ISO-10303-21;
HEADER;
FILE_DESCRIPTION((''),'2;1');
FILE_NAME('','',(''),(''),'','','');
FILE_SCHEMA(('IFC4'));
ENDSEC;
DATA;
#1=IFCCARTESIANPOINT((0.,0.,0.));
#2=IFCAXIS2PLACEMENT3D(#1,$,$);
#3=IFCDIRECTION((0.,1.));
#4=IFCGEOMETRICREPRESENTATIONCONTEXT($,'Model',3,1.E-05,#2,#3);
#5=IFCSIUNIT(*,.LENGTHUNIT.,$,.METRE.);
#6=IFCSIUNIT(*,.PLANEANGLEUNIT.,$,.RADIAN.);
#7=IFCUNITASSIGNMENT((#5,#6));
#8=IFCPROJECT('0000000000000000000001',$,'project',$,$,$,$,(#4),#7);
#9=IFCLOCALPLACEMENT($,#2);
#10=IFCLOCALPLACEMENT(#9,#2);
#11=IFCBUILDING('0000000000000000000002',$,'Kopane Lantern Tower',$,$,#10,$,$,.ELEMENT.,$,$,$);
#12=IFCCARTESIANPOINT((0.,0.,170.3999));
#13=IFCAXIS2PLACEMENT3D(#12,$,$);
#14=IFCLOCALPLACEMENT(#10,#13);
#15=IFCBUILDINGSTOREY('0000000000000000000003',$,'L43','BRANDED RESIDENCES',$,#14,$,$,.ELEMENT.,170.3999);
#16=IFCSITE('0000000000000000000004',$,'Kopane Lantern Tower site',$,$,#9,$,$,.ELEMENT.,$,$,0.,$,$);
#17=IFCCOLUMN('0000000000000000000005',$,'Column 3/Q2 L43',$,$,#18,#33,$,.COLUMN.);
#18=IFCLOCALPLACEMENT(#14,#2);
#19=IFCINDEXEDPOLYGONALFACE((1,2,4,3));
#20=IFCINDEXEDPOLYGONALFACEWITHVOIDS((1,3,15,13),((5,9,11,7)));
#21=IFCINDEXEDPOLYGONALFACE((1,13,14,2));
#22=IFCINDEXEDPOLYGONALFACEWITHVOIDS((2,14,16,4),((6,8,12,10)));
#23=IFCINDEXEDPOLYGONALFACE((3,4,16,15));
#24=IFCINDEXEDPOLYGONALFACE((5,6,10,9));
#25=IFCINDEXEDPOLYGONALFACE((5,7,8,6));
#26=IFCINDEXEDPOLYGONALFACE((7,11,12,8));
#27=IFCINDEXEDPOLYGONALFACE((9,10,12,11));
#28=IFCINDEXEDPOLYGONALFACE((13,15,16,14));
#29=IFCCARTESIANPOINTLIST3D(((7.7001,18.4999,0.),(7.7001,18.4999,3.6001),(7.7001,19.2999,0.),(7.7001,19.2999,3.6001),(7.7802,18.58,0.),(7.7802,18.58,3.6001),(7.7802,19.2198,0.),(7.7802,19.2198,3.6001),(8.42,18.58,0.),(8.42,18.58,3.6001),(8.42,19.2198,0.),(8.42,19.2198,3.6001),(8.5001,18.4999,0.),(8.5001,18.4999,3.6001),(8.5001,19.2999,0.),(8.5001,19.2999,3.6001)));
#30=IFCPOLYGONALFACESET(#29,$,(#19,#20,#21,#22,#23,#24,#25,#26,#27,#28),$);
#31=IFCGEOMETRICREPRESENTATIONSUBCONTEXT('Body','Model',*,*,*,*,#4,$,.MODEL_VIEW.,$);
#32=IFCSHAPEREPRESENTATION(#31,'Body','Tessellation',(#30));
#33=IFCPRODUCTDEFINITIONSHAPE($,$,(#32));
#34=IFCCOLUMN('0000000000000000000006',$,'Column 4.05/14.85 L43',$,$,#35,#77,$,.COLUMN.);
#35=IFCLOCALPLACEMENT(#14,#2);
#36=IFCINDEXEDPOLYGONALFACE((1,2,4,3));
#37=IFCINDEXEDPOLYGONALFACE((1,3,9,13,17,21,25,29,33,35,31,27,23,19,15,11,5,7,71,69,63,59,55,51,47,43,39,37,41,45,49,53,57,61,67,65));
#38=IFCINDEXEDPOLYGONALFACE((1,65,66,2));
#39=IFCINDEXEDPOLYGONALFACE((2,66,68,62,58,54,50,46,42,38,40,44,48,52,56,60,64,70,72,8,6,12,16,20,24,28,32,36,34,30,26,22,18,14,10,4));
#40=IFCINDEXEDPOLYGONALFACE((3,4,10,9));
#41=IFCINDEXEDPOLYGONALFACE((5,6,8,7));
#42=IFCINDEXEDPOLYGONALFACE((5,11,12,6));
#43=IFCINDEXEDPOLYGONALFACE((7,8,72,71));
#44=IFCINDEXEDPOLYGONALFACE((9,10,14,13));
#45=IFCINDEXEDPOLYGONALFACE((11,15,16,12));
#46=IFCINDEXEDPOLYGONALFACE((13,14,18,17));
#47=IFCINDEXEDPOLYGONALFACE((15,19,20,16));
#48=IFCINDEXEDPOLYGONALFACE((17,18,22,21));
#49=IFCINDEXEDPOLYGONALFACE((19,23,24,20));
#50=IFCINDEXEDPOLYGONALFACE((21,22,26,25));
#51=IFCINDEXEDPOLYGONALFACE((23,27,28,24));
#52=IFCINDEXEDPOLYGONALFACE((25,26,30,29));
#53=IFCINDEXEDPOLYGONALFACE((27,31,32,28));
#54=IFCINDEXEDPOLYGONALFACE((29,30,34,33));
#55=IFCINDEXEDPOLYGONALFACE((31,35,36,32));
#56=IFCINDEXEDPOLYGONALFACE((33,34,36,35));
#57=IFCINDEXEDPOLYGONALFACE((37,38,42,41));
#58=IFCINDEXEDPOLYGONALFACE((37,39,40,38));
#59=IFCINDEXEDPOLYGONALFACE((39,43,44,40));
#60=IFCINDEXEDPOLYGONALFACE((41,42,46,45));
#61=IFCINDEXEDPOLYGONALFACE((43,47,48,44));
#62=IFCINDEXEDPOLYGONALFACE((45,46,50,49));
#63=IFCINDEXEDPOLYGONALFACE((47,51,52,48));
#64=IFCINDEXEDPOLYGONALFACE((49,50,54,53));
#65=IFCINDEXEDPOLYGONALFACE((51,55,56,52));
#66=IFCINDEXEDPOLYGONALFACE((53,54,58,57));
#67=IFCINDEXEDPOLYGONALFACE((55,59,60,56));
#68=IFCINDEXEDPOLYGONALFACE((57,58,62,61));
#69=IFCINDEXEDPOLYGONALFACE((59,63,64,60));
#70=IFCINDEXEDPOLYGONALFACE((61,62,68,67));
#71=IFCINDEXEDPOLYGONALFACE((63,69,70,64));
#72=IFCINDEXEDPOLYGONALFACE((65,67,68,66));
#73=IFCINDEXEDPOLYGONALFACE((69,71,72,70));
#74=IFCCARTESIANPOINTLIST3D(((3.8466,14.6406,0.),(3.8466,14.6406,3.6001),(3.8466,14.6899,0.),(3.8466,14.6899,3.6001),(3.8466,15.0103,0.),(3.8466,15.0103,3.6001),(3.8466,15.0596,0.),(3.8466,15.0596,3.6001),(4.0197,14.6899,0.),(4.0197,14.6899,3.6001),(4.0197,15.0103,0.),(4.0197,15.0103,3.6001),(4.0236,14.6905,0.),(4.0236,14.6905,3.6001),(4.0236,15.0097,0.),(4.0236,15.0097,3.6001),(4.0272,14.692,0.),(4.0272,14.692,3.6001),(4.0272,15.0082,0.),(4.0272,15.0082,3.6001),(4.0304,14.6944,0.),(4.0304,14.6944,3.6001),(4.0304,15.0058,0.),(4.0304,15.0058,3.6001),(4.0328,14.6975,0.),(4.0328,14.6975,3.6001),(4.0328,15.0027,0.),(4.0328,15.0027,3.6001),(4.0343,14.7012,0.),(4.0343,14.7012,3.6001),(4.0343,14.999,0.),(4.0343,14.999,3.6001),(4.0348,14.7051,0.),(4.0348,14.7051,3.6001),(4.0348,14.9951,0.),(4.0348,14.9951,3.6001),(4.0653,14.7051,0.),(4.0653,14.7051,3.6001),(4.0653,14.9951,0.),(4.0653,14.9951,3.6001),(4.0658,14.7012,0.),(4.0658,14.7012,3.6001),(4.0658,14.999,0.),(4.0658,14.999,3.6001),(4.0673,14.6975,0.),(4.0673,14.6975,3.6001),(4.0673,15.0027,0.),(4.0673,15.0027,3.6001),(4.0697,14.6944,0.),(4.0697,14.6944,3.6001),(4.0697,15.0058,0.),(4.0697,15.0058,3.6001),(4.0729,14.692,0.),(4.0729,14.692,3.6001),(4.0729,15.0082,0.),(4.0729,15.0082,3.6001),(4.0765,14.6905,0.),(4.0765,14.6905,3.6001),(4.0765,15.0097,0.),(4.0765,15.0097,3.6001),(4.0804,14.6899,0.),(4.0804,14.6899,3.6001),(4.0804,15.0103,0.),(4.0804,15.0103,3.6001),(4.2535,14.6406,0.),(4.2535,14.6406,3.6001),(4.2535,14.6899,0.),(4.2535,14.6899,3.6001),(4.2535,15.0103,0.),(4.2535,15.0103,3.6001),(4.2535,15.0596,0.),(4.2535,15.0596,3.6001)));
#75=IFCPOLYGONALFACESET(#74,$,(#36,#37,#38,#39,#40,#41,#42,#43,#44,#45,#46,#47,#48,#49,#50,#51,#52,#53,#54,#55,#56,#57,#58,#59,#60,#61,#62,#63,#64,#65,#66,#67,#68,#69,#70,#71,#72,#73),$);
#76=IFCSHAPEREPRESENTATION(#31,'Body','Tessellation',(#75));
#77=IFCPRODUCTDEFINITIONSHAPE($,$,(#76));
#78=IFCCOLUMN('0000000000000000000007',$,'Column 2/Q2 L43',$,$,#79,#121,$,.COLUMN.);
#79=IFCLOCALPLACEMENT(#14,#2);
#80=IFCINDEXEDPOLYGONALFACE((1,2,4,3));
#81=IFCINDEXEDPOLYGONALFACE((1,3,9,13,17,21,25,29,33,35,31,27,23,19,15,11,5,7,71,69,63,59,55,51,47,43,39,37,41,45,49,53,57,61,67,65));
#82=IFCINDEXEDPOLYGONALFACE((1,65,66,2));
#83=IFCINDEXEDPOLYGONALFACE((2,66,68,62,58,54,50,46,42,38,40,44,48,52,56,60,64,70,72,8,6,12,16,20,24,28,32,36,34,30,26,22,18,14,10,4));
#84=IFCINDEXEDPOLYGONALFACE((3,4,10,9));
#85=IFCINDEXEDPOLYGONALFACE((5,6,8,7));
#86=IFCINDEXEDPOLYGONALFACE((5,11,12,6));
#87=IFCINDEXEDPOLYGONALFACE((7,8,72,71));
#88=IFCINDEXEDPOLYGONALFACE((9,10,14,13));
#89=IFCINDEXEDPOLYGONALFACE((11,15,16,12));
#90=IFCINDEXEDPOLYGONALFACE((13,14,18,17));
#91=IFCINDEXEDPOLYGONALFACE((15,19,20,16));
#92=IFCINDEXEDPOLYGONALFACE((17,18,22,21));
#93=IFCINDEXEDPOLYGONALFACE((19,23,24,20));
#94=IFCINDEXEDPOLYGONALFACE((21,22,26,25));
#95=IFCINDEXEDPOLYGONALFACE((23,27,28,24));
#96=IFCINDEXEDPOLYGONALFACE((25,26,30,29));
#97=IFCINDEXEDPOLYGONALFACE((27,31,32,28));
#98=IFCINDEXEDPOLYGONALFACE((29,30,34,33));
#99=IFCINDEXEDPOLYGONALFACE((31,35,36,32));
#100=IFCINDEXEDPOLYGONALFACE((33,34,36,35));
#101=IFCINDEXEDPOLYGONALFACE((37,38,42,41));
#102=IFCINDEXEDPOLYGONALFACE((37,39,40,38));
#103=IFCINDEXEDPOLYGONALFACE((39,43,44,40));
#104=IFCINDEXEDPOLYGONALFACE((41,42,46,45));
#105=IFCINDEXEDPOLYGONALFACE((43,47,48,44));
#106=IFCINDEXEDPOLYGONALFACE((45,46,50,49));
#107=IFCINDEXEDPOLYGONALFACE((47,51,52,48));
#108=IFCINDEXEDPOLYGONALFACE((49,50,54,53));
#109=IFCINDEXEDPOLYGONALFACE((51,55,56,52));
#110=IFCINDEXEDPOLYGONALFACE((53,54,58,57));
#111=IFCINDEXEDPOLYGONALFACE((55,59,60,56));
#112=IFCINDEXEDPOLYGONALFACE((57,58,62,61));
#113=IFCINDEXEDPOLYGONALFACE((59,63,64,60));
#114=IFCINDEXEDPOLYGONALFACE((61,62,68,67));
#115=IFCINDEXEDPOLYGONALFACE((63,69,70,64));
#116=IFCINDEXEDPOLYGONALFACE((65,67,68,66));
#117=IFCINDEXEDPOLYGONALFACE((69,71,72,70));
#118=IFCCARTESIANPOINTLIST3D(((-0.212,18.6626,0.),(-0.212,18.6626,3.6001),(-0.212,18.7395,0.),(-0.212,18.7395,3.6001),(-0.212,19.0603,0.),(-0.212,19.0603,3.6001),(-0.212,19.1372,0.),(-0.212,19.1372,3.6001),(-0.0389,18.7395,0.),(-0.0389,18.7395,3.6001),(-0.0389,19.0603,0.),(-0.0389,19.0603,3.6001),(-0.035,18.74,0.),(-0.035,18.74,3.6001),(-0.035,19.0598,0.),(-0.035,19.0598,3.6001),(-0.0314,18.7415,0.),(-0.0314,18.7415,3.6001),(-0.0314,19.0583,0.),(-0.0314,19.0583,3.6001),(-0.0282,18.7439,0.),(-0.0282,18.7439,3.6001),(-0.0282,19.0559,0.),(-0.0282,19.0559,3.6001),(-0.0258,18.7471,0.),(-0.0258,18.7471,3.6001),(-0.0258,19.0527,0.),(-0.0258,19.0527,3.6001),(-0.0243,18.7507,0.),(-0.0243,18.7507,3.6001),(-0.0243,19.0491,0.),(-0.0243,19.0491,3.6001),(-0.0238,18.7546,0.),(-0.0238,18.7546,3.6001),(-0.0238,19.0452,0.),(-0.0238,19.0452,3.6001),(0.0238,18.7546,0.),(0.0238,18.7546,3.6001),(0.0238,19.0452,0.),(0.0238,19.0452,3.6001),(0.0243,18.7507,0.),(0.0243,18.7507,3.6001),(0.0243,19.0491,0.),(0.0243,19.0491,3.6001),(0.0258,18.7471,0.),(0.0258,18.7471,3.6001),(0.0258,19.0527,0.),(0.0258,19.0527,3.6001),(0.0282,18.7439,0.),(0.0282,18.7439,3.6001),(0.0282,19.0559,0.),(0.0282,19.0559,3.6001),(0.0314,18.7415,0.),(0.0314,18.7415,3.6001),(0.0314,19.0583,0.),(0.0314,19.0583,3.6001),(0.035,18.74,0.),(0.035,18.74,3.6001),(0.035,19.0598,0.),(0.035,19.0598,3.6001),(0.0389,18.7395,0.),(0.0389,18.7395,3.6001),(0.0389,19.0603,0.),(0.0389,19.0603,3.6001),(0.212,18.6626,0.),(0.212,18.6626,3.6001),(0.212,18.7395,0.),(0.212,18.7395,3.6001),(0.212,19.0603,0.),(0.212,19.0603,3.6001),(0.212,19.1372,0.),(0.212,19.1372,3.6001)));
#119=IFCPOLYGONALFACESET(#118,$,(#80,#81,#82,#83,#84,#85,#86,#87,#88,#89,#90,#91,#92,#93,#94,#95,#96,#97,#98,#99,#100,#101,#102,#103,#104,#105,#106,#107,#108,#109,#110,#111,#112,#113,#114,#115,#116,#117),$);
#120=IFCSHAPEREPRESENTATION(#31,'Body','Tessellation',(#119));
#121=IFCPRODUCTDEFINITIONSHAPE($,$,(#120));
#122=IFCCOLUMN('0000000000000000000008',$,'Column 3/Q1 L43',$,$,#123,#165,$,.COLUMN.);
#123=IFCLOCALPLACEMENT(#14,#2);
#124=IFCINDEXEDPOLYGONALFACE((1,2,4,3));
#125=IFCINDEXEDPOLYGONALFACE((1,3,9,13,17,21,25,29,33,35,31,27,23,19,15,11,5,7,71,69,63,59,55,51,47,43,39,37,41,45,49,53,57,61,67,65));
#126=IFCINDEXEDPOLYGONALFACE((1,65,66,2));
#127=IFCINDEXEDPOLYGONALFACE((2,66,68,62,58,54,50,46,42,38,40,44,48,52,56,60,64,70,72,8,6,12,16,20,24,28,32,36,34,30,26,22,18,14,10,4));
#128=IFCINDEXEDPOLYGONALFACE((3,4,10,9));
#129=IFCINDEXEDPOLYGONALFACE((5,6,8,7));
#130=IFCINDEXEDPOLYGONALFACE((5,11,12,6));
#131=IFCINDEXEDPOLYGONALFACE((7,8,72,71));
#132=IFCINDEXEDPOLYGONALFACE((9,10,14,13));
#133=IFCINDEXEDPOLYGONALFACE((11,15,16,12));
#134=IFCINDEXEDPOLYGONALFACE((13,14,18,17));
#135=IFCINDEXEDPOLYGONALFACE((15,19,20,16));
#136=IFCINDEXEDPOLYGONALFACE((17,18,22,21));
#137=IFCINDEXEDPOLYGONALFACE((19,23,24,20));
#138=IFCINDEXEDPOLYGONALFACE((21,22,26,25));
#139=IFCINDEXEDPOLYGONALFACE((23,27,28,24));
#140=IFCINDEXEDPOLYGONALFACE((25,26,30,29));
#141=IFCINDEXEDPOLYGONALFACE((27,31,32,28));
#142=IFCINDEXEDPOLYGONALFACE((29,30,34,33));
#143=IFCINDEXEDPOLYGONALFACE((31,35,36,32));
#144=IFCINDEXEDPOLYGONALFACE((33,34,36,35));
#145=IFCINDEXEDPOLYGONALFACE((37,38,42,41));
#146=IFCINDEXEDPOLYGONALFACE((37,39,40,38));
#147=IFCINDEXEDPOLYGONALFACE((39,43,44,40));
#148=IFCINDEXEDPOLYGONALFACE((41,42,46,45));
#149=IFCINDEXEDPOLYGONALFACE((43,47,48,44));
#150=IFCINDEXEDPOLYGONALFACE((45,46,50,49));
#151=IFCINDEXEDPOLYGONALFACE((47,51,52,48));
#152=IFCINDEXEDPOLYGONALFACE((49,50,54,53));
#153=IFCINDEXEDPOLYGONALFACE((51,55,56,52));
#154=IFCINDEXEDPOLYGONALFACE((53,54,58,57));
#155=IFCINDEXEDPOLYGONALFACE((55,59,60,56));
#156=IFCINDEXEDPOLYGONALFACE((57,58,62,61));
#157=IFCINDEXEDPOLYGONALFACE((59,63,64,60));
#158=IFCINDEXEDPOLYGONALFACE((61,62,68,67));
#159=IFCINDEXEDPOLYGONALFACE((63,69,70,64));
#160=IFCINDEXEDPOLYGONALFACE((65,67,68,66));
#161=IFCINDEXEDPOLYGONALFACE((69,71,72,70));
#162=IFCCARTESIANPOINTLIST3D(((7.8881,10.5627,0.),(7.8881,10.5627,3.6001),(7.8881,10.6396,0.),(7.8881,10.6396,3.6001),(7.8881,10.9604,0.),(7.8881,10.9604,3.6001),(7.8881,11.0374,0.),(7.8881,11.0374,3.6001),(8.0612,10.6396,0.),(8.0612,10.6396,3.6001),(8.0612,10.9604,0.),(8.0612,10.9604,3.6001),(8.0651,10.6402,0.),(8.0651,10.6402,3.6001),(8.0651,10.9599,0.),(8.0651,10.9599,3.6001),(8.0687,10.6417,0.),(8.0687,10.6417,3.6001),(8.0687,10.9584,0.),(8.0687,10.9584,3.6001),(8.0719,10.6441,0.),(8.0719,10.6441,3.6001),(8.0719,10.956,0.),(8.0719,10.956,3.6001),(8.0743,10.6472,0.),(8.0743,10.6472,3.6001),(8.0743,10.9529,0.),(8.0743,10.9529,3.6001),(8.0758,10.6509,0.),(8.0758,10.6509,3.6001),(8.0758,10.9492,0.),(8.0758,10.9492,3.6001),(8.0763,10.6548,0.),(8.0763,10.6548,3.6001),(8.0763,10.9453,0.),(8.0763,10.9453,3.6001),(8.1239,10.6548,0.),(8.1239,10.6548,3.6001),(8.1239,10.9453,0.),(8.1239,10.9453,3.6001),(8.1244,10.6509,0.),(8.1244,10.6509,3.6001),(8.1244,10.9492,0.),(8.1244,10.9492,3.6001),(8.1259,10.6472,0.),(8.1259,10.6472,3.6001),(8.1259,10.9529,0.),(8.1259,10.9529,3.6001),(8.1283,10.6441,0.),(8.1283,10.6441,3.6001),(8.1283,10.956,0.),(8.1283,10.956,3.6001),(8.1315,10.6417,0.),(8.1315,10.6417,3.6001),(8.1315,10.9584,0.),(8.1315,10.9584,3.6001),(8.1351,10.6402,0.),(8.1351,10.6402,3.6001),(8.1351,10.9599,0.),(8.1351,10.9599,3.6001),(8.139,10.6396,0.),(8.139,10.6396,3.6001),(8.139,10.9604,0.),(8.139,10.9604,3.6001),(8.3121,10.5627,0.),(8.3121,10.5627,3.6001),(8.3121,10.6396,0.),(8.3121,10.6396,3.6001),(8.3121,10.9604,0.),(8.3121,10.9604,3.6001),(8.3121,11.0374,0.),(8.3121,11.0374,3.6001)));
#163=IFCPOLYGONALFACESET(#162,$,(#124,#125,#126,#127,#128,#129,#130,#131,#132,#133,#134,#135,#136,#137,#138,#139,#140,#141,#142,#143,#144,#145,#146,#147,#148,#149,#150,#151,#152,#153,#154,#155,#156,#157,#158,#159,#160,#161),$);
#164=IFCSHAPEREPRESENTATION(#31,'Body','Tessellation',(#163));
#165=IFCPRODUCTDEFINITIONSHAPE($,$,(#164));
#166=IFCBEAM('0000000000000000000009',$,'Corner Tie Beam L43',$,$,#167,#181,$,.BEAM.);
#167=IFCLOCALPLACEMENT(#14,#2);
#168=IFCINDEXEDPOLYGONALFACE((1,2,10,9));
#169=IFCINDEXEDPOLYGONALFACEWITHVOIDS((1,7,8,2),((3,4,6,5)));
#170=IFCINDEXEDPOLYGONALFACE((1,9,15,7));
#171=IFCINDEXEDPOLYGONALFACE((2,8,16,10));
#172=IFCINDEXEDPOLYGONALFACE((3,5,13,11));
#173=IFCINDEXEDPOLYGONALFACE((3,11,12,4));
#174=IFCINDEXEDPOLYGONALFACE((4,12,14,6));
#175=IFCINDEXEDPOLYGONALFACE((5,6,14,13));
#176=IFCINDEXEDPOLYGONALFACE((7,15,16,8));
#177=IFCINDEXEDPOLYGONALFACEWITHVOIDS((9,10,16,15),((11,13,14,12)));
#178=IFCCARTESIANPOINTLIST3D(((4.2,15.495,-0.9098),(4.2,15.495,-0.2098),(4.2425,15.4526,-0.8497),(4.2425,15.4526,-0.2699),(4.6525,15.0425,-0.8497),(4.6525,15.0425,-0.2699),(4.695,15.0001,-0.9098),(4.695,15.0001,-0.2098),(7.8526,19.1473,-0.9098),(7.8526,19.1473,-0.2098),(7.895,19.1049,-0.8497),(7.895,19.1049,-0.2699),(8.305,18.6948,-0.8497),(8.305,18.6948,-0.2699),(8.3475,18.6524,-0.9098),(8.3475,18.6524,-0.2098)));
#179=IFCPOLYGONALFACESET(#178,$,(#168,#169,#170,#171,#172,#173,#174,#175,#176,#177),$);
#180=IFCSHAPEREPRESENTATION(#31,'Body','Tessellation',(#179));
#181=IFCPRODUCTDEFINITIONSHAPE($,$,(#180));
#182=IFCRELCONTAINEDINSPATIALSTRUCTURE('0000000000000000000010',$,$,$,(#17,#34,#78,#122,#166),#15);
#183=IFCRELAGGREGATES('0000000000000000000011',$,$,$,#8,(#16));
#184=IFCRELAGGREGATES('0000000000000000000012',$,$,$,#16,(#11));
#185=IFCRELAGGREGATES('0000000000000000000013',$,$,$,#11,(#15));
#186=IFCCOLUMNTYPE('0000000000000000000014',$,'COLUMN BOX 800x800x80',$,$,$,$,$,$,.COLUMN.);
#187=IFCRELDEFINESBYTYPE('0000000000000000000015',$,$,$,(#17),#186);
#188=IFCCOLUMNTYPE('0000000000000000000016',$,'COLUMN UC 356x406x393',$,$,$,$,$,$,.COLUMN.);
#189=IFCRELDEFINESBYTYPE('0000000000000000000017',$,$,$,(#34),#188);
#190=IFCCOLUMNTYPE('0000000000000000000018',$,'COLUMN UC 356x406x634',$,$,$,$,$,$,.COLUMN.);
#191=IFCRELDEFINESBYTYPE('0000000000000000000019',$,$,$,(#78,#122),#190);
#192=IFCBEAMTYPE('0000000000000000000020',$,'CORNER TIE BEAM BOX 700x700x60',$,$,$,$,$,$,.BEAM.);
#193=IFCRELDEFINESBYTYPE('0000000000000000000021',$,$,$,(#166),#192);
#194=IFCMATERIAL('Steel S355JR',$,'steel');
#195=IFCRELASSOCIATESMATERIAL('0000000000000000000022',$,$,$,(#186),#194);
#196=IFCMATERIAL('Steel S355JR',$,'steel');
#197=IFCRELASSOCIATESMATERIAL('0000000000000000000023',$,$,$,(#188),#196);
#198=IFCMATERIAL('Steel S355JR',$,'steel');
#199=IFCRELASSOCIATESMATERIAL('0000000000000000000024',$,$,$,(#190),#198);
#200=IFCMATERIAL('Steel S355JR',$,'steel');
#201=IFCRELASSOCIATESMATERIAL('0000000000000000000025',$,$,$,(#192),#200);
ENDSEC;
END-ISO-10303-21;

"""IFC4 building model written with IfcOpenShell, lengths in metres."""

from ifc_helpers import new_model, si_unit, direction, frame, origin, origin_2d, place, context, subcontext, project, spatial, hollow_rectangle, i_section, extrude, material, material_profile, profile_set, type_object, element, save


model = new_model("IFC4")

# Units and contexts
model_context = context("Model", 3, precision=1e-05, world=origin(), true_north=direction((0.0, 1.0)))
body_context = subcontext(model_context, "Body", "Model", "MODEL_VIEW")
ifc_project = project(units=[si_unit("LENGTHUNIT", "METRE"), si_unit("PLANEANGLEUNIT", "RADIAN")], contexts=[model_context])

# Site, building, storey
site_placement = place(None, origin())
site = spatial("IfcSite", under=ifc_project, at=site_placement, Name="Kopane Lantern Tower site", CompositionType="ELEMENT", RefElevation=0.0)
building_placement = place(site_placement, origin())
building = spatial("IfcBuilding", under=site, at=building_placement, Name="Kopane Lantern Tower", CompositionType="ELEMENT")
storey_placement = place(building_placement, frame((0.0, 0.0, 170.3999)))
storey = spatial("IfcBuildingStorey", under=building, at=storey_placement, Name="L43", Description="BRANDED RESIDENCES", CompositionType="ELEMENT", Elevation=170.3999)

# Columns
ifc_material_1 = material(Name="Steel S355JR", Category="steel")
ifc_material_profile_1 = material_profile(ifc_material_1, hollow_rectangle(XDim=0.8, YDim=0.8, WallThickness=0.0801, at=origin_2d()), Name="BOX 800x800x80")
ifc_profile_set_1 = profile_set([ifc_material_profile_1], Name="Steel S355JR")
column_type_1 = type_object("IfcColumnType", Name="COLUMN BOX 800x800x80", PredefinedType="COLUMN", material=ifc_profile_set_1)
column_1_placement = place(storey_placement, frame((8.1001, 18.8999, 0.0), z_axis=(0.0, 0.0, 1.0), x_axis=(1.0, 0.0, 0.0)))
element("IfcColumn", 1, at=column_1_placement, inside=storey, type_object=column_type_1, Name="Column 3/Q2 L43", PredefinedType="COLUMN", context=body_context, shape_type="SweptSolid", body=[
    extrude(hollow_rectangle(XDim=0.8, YDim=0.8, WallThickness=0.0801, at=origin_2d()), origin(), (0.0, 0.0, 1.0), 3.6001),
])
ifc_material_2 = material(Name="Steel S355JR", Category="steel")
ifc_material_profile_2 = material_profile(ifc_material_2, i_section(OverallWidth=0.407, OverallDepth=0.4189, WebThickness=0.0305, FlangeThickness=0.0493, FilletRadius=0.0151, at=origin_2d()), Name="UC 356x406x393")
ifc_profile_set_2 = profile_set([ifc_material_profile_2], Name="Steel S355JR")
column_type_2 = type_object("IfcColumnType", Name="COLUMN UC 356x406x393", PredefinedType="COLUMN", material=ifc_profile_set_2)
column_2_placement = place(storey_placement, frame((4.05, 14.8501, 0.0), z_axis=(0.0, 0.0, 1.0), x_axis=(1.0, 0.0, 0.0)))
element("IfcColumn", 2, at=column_2_placement, inside=storey, type_object=column_type_2, Name="Column 4.05/14.85 L43", PredefinedType="COLUMN", context=body_context, shape_type="SweptSolid", body=[
    extrude(i_section(OverallWidth=0.407, OverallDepth=0.4189, WebThickness=0.0305, FlangeThickness=0.0493, FilletRadius=0.0151, at=origin_2d()), origin(), (0.0, 0.0, 1.0), 3.6001),
])
ifc_material_3 = material(Name="Steel S355JR", Category="steel")
ifc_material_profile_3 = material_profile(ifc_material_3, i_section(OverallWidth=0.4241, OverallDepth=0.4746, WebThickness=0.0476, FlangeThickness=0.0769, FilletRadius=0.0151, at=origin_2d()), Name="UC 356x406x634")
ifc_profile_set_3 = profile_set([ifc_material_profile_3], Name="Steel S355JR")
column_type_3 = type_object("IfcColumnType", Name="COLUMN UC 356x406x634", PredefinedType="COLUMN", material=ifc_profile_set_3)
for number, where, z_axis, x_axis, name in (
    (3, (0.0, 18.8999, 0.0), (0.0, 0.0, 1.0), (1.0, 0.0, 0.0), "Column 2/Q2 L43"),
    (4, (8.1001, 10.8, 0.0), (0.0, 0.0, 1.0), (1.0, 0.0, 0.0), "Column 3/Q1 L43"),
):
    element("IfcColumn", number, at=place(storey_placement, frame(where, z_axis=z_axis, x_axis=x_axis)), inside=storey, type_object=column_type_3, Name=name, PredefinedType="COLUMN", context=body_context, shape_type="SweptSolid", body=[
        extrude(i_section(OverallWidth=0.4241, OverallDepth=0.4746, WebThickness=0.0476, FlangeThickness=0.0769, FilletRadius=0.0151, at=origin_2d()), origin(), (0.0, 0.0, 1.0), 3.6001),
    ])

# Beam
ifc_material_4 = material(Name="Steel S355JR", Category="steel")
ifc_material_profile_4 = material_profile(ifc_material_4, hollow_rectangle(XDim=0.7, YDim=0.7, WallThickness=0.0601, at=origin_2d()), Name="BOX 700x700x60")
ifc_profile_set_4 = profile_set([ifc_material_profile_4], Name="Steel S355JR")
beam_type_1 = type_object("IfcBeamType", Name="CORNER TIE BEAM BOX 700x700x60", PredefinedType="BEAM", material=ifc_profile_set_4)
beam_1_placement = place(storey_placement, frame((4.4475, 15.2476, -0.5598), z_axis=(0.70713, 0.707083, 0.0), x_axis=(-0.707083, 0.70713, 0.0)))
element("IfcBeam", 5, at=beam_1_placement, inside=storey, type_object=beam_type_1, Name="Corner Tie Beam L43", PredefinedType="BEAM", context=body_context, shape_type="SweptSolid", body=[
    extrude(hollow_rectangle(XDim=0.7, YDim=0.7, WallThickness=0.0601, at=origin_2d()), origin(), (0.0, 0.0, 1.0), 5.1653),
])

save(model, "model.ifc")
